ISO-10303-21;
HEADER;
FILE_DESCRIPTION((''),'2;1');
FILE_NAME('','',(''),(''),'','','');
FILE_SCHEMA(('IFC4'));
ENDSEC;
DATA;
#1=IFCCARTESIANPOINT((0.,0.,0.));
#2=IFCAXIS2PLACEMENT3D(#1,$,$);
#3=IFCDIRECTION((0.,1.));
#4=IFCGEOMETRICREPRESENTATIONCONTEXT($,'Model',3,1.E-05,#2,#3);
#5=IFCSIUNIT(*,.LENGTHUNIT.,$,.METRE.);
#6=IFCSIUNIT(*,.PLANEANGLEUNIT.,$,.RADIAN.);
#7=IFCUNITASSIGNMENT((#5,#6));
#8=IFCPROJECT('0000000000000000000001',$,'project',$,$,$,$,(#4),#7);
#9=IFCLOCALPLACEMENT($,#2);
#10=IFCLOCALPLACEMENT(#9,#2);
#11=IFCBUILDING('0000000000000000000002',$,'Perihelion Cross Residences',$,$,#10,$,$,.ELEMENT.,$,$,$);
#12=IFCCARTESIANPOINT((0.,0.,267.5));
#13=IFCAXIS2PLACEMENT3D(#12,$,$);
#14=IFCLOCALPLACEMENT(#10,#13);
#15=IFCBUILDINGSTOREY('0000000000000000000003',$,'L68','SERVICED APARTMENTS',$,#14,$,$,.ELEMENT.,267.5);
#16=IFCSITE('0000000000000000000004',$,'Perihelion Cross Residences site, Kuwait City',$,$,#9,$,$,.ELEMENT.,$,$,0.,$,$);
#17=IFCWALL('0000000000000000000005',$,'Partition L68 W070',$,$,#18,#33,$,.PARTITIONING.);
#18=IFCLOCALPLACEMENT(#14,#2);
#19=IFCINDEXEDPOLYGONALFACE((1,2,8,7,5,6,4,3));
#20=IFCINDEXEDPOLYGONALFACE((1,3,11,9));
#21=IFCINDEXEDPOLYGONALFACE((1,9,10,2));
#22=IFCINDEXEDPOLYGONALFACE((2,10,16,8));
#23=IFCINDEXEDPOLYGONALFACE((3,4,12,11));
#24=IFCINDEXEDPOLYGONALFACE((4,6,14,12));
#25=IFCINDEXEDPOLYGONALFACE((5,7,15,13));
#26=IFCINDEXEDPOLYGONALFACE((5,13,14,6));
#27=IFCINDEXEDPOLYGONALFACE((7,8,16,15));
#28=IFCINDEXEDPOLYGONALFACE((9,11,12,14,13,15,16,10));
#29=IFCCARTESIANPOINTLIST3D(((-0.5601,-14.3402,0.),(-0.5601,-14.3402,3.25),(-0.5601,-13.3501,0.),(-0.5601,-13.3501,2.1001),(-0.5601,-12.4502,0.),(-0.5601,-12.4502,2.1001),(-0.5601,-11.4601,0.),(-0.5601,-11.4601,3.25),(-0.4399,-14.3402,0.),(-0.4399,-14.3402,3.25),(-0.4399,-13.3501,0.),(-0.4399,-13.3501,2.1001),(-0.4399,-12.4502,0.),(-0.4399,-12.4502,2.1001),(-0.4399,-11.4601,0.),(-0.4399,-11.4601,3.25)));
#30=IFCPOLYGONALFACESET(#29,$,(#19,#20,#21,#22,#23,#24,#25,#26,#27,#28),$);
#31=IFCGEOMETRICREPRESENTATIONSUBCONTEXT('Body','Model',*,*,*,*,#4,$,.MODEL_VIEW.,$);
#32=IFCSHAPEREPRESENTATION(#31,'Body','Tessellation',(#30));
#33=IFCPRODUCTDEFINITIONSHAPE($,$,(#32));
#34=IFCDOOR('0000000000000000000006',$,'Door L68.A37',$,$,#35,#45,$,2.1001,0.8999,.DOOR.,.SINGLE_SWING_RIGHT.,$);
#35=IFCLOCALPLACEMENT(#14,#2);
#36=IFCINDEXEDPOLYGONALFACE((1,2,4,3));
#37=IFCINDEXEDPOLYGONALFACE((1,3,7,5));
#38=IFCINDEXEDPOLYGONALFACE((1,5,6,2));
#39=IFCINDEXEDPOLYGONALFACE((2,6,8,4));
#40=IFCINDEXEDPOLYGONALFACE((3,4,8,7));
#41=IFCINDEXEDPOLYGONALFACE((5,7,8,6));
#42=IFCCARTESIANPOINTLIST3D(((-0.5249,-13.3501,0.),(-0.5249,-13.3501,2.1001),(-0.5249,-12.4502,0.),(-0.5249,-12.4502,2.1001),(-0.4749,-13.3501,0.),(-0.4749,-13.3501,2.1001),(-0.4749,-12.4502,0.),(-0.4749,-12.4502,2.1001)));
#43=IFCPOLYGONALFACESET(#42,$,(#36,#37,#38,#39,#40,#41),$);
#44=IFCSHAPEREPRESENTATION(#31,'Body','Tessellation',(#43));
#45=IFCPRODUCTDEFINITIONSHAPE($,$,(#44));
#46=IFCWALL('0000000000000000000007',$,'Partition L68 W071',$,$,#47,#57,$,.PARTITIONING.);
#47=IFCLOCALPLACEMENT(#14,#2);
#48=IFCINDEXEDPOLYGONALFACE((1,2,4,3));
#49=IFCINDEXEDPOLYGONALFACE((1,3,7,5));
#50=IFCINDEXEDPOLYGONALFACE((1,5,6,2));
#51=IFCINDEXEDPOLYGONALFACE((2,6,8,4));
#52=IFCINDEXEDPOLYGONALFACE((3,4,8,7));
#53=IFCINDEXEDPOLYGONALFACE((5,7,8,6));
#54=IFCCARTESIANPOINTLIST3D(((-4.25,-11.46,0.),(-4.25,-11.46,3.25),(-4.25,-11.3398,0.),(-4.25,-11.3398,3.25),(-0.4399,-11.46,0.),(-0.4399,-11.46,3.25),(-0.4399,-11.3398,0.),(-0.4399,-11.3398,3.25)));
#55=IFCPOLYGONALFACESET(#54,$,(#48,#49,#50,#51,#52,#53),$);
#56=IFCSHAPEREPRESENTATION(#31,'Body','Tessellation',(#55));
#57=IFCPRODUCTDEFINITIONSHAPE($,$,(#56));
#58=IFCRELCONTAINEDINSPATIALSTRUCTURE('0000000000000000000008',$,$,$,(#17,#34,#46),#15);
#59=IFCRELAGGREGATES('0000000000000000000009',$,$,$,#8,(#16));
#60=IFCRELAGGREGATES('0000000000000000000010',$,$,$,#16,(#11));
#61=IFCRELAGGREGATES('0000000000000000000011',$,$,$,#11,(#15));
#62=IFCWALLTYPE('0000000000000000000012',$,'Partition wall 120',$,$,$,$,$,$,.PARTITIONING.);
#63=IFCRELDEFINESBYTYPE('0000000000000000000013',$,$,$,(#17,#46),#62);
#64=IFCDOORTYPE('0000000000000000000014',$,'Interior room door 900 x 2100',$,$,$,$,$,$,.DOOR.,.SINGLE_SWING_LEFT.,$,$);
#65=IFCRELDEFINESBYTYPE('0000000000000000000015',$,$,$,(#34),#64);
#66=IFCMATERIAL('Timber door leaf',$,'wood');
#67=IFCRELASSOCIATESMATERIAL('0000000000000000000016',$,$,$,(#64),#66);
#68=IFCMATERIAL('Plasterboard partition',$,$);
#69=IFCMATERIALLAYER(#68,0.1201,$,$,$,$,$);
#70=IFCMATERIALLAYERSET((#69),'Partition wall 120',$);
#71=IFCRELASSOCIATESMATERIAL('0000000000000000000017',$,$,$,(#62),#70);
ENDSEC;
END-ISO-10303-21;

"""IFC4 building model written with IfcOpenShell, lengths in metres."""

from ifc_helpers import new_model, si_unit, direction, frame, frame_2d, origin, place, context, subcontext, project, spatial, rectangle, extrude, material, layer, layer_set, type_object, element, fill, save


model = new_model("IFC4")

# Units and contexts
model_context = context("Model", 3, precision=1e-05, world=origin(), true_north=direction((0.0, 1.0)))
body_context = subcontext(model_context, "Body", "Model", "MODEL_VIEW")
ifc_project = project(units=[si_unit("LENGTHUNIT", "METRE"), si_unit("PLANEANGLEUNIT", "RADIAN")], contexts=[model_context])

# Site, building, storey
site_placement = place(None, origin())
site = spatial("IfcSite", under=ifc_project, at=site_placement, Name="Perihelion Cross Residences site, Kuwait City", CompositionType="ELEMENT", RefElevation=0.0)
building_placement = place(site_placement, origin())
building = spatial("IfcBuilding", under=site, at=building_placement, Name="Perihelion Cross Residences", CompositionType="ELEMENT")
storey_placement = place(building_placement, frame((0.0, 0.0, 267.5)))
storey = spatial("IfcBuildingStorey", under=building, at=storey_placement, Name="L68", Description="SERVICED APARTMENTS", CompositionType="ELEMENT", Elevation=267.5)

# Wall, opening, door
ifc_material_1 = material(Name="Timber door leaf", Category="wood")
door_type_1 = type_object("IfcDoorType", Name="Interior room door 900 x 2100", OperationType="SINGLE_SWING_LEFT", PredefinedType="DOOR", material=ifc_material_1)
ifc_material_2 = material(Name="Plasterboard partition")
ifc_layer_1 = layer(ifc_material_2, 0.1201)
ifc_layer_set_1 = layer_set([ifc_layer_1], Name="Partition wall 120")
wall_type_1 = type_object("IfcWallType", Name="Partition wall 120", PredefinedType="PARTITIONING", material=ifc_layer_set_1)
wall_1_placement = place(storey_placement, frame((-0.5, -14.3401, 0.0), z_axis=(0.0, 0.0, 1.0), x_axis=(0.0, 1.0, 0.0)))
wall_1 = element("IfcWall", 1, at=wall_1_placement, inside=storey, type_object=wall_type_1, Name="Partition L68 W070", PredefinedType="PARTITIONING", context=body_context, shape_type="SweptSolid", body=[
    extrude(rectangle(XDim=2.8801, YDim=0.1201, at=frame_2d((1.4399, 0.0))), origin(), (0.0, 0.0, 1.0), 3.25),
])
opening_1_placement = place(wall_1_placement, frame((0.99, 0.0, 0.0)))
opening_1 = element("IfcOpeningElement", 2, at=opening_1_placement, cuts=wall_1, PredefinedType="OPENING", context=body_context, shape_type="SweptSolid", body=[
    extrude(rectangle(XDim=0.8999, YDim=2.1001, at=frame_2d((0.45, 1.05))), frame((0.0, 0.0701, 0.0), z_axis=(0.0, -1.0, 0.0), x_axis=(1.0, 0.0, 0.0)), (0.0, 0.0, 1.0), 0.1401),
])
door_1_placement = place(opening_1_placement, origin())
door_1 = element("IfcDoor", 3, at=door_1_placement, inside=storey, type_object=door_type_1, Name="Door L68.A37", OperationType="SINGLE_SWING_RIGHT", OverallHeight=2.1001, OverallWidth=0.8999, PredefinedType="DOOR", context=body_context, shape_type="SweptSolid", body=[
    extrude(rectangle(XDim=0.8999, YDim=2.1001, at=frame_2d((0.45, 1.05))), frame((0.0, 0.0249, 0.0), z_axis=(0.0, -1.0, 0.0), x_axis=(1.0, 0.0, 0.0)), (0.0, 0.0, 1.0), 0.05),
])
fill(opening_1, door_1)

# Wall
wall_2_placement = place(storey_placement, frame((-0.4399, -11.3999, 0.0), z_axis=(0.0, 0.0, 1.0), x_axis=(-1.0, 0.0, 0.0)))
element("IfcWall", 4, at=wall_2_placement, inside=storey, type_object=wall_type_1, Name="Partition L68 W071", PredefinedType="PARTITIONING", context=body_context, shape_type="SweptSolid", body=[
    extrude(rectangle(XDim=3.8101, YDim=0.1201, at=frame_2d((1.905, 0.0))), origin(), (0.0, 0.0, 1.0), 3.25),
])

save(model, "model.ifc")
